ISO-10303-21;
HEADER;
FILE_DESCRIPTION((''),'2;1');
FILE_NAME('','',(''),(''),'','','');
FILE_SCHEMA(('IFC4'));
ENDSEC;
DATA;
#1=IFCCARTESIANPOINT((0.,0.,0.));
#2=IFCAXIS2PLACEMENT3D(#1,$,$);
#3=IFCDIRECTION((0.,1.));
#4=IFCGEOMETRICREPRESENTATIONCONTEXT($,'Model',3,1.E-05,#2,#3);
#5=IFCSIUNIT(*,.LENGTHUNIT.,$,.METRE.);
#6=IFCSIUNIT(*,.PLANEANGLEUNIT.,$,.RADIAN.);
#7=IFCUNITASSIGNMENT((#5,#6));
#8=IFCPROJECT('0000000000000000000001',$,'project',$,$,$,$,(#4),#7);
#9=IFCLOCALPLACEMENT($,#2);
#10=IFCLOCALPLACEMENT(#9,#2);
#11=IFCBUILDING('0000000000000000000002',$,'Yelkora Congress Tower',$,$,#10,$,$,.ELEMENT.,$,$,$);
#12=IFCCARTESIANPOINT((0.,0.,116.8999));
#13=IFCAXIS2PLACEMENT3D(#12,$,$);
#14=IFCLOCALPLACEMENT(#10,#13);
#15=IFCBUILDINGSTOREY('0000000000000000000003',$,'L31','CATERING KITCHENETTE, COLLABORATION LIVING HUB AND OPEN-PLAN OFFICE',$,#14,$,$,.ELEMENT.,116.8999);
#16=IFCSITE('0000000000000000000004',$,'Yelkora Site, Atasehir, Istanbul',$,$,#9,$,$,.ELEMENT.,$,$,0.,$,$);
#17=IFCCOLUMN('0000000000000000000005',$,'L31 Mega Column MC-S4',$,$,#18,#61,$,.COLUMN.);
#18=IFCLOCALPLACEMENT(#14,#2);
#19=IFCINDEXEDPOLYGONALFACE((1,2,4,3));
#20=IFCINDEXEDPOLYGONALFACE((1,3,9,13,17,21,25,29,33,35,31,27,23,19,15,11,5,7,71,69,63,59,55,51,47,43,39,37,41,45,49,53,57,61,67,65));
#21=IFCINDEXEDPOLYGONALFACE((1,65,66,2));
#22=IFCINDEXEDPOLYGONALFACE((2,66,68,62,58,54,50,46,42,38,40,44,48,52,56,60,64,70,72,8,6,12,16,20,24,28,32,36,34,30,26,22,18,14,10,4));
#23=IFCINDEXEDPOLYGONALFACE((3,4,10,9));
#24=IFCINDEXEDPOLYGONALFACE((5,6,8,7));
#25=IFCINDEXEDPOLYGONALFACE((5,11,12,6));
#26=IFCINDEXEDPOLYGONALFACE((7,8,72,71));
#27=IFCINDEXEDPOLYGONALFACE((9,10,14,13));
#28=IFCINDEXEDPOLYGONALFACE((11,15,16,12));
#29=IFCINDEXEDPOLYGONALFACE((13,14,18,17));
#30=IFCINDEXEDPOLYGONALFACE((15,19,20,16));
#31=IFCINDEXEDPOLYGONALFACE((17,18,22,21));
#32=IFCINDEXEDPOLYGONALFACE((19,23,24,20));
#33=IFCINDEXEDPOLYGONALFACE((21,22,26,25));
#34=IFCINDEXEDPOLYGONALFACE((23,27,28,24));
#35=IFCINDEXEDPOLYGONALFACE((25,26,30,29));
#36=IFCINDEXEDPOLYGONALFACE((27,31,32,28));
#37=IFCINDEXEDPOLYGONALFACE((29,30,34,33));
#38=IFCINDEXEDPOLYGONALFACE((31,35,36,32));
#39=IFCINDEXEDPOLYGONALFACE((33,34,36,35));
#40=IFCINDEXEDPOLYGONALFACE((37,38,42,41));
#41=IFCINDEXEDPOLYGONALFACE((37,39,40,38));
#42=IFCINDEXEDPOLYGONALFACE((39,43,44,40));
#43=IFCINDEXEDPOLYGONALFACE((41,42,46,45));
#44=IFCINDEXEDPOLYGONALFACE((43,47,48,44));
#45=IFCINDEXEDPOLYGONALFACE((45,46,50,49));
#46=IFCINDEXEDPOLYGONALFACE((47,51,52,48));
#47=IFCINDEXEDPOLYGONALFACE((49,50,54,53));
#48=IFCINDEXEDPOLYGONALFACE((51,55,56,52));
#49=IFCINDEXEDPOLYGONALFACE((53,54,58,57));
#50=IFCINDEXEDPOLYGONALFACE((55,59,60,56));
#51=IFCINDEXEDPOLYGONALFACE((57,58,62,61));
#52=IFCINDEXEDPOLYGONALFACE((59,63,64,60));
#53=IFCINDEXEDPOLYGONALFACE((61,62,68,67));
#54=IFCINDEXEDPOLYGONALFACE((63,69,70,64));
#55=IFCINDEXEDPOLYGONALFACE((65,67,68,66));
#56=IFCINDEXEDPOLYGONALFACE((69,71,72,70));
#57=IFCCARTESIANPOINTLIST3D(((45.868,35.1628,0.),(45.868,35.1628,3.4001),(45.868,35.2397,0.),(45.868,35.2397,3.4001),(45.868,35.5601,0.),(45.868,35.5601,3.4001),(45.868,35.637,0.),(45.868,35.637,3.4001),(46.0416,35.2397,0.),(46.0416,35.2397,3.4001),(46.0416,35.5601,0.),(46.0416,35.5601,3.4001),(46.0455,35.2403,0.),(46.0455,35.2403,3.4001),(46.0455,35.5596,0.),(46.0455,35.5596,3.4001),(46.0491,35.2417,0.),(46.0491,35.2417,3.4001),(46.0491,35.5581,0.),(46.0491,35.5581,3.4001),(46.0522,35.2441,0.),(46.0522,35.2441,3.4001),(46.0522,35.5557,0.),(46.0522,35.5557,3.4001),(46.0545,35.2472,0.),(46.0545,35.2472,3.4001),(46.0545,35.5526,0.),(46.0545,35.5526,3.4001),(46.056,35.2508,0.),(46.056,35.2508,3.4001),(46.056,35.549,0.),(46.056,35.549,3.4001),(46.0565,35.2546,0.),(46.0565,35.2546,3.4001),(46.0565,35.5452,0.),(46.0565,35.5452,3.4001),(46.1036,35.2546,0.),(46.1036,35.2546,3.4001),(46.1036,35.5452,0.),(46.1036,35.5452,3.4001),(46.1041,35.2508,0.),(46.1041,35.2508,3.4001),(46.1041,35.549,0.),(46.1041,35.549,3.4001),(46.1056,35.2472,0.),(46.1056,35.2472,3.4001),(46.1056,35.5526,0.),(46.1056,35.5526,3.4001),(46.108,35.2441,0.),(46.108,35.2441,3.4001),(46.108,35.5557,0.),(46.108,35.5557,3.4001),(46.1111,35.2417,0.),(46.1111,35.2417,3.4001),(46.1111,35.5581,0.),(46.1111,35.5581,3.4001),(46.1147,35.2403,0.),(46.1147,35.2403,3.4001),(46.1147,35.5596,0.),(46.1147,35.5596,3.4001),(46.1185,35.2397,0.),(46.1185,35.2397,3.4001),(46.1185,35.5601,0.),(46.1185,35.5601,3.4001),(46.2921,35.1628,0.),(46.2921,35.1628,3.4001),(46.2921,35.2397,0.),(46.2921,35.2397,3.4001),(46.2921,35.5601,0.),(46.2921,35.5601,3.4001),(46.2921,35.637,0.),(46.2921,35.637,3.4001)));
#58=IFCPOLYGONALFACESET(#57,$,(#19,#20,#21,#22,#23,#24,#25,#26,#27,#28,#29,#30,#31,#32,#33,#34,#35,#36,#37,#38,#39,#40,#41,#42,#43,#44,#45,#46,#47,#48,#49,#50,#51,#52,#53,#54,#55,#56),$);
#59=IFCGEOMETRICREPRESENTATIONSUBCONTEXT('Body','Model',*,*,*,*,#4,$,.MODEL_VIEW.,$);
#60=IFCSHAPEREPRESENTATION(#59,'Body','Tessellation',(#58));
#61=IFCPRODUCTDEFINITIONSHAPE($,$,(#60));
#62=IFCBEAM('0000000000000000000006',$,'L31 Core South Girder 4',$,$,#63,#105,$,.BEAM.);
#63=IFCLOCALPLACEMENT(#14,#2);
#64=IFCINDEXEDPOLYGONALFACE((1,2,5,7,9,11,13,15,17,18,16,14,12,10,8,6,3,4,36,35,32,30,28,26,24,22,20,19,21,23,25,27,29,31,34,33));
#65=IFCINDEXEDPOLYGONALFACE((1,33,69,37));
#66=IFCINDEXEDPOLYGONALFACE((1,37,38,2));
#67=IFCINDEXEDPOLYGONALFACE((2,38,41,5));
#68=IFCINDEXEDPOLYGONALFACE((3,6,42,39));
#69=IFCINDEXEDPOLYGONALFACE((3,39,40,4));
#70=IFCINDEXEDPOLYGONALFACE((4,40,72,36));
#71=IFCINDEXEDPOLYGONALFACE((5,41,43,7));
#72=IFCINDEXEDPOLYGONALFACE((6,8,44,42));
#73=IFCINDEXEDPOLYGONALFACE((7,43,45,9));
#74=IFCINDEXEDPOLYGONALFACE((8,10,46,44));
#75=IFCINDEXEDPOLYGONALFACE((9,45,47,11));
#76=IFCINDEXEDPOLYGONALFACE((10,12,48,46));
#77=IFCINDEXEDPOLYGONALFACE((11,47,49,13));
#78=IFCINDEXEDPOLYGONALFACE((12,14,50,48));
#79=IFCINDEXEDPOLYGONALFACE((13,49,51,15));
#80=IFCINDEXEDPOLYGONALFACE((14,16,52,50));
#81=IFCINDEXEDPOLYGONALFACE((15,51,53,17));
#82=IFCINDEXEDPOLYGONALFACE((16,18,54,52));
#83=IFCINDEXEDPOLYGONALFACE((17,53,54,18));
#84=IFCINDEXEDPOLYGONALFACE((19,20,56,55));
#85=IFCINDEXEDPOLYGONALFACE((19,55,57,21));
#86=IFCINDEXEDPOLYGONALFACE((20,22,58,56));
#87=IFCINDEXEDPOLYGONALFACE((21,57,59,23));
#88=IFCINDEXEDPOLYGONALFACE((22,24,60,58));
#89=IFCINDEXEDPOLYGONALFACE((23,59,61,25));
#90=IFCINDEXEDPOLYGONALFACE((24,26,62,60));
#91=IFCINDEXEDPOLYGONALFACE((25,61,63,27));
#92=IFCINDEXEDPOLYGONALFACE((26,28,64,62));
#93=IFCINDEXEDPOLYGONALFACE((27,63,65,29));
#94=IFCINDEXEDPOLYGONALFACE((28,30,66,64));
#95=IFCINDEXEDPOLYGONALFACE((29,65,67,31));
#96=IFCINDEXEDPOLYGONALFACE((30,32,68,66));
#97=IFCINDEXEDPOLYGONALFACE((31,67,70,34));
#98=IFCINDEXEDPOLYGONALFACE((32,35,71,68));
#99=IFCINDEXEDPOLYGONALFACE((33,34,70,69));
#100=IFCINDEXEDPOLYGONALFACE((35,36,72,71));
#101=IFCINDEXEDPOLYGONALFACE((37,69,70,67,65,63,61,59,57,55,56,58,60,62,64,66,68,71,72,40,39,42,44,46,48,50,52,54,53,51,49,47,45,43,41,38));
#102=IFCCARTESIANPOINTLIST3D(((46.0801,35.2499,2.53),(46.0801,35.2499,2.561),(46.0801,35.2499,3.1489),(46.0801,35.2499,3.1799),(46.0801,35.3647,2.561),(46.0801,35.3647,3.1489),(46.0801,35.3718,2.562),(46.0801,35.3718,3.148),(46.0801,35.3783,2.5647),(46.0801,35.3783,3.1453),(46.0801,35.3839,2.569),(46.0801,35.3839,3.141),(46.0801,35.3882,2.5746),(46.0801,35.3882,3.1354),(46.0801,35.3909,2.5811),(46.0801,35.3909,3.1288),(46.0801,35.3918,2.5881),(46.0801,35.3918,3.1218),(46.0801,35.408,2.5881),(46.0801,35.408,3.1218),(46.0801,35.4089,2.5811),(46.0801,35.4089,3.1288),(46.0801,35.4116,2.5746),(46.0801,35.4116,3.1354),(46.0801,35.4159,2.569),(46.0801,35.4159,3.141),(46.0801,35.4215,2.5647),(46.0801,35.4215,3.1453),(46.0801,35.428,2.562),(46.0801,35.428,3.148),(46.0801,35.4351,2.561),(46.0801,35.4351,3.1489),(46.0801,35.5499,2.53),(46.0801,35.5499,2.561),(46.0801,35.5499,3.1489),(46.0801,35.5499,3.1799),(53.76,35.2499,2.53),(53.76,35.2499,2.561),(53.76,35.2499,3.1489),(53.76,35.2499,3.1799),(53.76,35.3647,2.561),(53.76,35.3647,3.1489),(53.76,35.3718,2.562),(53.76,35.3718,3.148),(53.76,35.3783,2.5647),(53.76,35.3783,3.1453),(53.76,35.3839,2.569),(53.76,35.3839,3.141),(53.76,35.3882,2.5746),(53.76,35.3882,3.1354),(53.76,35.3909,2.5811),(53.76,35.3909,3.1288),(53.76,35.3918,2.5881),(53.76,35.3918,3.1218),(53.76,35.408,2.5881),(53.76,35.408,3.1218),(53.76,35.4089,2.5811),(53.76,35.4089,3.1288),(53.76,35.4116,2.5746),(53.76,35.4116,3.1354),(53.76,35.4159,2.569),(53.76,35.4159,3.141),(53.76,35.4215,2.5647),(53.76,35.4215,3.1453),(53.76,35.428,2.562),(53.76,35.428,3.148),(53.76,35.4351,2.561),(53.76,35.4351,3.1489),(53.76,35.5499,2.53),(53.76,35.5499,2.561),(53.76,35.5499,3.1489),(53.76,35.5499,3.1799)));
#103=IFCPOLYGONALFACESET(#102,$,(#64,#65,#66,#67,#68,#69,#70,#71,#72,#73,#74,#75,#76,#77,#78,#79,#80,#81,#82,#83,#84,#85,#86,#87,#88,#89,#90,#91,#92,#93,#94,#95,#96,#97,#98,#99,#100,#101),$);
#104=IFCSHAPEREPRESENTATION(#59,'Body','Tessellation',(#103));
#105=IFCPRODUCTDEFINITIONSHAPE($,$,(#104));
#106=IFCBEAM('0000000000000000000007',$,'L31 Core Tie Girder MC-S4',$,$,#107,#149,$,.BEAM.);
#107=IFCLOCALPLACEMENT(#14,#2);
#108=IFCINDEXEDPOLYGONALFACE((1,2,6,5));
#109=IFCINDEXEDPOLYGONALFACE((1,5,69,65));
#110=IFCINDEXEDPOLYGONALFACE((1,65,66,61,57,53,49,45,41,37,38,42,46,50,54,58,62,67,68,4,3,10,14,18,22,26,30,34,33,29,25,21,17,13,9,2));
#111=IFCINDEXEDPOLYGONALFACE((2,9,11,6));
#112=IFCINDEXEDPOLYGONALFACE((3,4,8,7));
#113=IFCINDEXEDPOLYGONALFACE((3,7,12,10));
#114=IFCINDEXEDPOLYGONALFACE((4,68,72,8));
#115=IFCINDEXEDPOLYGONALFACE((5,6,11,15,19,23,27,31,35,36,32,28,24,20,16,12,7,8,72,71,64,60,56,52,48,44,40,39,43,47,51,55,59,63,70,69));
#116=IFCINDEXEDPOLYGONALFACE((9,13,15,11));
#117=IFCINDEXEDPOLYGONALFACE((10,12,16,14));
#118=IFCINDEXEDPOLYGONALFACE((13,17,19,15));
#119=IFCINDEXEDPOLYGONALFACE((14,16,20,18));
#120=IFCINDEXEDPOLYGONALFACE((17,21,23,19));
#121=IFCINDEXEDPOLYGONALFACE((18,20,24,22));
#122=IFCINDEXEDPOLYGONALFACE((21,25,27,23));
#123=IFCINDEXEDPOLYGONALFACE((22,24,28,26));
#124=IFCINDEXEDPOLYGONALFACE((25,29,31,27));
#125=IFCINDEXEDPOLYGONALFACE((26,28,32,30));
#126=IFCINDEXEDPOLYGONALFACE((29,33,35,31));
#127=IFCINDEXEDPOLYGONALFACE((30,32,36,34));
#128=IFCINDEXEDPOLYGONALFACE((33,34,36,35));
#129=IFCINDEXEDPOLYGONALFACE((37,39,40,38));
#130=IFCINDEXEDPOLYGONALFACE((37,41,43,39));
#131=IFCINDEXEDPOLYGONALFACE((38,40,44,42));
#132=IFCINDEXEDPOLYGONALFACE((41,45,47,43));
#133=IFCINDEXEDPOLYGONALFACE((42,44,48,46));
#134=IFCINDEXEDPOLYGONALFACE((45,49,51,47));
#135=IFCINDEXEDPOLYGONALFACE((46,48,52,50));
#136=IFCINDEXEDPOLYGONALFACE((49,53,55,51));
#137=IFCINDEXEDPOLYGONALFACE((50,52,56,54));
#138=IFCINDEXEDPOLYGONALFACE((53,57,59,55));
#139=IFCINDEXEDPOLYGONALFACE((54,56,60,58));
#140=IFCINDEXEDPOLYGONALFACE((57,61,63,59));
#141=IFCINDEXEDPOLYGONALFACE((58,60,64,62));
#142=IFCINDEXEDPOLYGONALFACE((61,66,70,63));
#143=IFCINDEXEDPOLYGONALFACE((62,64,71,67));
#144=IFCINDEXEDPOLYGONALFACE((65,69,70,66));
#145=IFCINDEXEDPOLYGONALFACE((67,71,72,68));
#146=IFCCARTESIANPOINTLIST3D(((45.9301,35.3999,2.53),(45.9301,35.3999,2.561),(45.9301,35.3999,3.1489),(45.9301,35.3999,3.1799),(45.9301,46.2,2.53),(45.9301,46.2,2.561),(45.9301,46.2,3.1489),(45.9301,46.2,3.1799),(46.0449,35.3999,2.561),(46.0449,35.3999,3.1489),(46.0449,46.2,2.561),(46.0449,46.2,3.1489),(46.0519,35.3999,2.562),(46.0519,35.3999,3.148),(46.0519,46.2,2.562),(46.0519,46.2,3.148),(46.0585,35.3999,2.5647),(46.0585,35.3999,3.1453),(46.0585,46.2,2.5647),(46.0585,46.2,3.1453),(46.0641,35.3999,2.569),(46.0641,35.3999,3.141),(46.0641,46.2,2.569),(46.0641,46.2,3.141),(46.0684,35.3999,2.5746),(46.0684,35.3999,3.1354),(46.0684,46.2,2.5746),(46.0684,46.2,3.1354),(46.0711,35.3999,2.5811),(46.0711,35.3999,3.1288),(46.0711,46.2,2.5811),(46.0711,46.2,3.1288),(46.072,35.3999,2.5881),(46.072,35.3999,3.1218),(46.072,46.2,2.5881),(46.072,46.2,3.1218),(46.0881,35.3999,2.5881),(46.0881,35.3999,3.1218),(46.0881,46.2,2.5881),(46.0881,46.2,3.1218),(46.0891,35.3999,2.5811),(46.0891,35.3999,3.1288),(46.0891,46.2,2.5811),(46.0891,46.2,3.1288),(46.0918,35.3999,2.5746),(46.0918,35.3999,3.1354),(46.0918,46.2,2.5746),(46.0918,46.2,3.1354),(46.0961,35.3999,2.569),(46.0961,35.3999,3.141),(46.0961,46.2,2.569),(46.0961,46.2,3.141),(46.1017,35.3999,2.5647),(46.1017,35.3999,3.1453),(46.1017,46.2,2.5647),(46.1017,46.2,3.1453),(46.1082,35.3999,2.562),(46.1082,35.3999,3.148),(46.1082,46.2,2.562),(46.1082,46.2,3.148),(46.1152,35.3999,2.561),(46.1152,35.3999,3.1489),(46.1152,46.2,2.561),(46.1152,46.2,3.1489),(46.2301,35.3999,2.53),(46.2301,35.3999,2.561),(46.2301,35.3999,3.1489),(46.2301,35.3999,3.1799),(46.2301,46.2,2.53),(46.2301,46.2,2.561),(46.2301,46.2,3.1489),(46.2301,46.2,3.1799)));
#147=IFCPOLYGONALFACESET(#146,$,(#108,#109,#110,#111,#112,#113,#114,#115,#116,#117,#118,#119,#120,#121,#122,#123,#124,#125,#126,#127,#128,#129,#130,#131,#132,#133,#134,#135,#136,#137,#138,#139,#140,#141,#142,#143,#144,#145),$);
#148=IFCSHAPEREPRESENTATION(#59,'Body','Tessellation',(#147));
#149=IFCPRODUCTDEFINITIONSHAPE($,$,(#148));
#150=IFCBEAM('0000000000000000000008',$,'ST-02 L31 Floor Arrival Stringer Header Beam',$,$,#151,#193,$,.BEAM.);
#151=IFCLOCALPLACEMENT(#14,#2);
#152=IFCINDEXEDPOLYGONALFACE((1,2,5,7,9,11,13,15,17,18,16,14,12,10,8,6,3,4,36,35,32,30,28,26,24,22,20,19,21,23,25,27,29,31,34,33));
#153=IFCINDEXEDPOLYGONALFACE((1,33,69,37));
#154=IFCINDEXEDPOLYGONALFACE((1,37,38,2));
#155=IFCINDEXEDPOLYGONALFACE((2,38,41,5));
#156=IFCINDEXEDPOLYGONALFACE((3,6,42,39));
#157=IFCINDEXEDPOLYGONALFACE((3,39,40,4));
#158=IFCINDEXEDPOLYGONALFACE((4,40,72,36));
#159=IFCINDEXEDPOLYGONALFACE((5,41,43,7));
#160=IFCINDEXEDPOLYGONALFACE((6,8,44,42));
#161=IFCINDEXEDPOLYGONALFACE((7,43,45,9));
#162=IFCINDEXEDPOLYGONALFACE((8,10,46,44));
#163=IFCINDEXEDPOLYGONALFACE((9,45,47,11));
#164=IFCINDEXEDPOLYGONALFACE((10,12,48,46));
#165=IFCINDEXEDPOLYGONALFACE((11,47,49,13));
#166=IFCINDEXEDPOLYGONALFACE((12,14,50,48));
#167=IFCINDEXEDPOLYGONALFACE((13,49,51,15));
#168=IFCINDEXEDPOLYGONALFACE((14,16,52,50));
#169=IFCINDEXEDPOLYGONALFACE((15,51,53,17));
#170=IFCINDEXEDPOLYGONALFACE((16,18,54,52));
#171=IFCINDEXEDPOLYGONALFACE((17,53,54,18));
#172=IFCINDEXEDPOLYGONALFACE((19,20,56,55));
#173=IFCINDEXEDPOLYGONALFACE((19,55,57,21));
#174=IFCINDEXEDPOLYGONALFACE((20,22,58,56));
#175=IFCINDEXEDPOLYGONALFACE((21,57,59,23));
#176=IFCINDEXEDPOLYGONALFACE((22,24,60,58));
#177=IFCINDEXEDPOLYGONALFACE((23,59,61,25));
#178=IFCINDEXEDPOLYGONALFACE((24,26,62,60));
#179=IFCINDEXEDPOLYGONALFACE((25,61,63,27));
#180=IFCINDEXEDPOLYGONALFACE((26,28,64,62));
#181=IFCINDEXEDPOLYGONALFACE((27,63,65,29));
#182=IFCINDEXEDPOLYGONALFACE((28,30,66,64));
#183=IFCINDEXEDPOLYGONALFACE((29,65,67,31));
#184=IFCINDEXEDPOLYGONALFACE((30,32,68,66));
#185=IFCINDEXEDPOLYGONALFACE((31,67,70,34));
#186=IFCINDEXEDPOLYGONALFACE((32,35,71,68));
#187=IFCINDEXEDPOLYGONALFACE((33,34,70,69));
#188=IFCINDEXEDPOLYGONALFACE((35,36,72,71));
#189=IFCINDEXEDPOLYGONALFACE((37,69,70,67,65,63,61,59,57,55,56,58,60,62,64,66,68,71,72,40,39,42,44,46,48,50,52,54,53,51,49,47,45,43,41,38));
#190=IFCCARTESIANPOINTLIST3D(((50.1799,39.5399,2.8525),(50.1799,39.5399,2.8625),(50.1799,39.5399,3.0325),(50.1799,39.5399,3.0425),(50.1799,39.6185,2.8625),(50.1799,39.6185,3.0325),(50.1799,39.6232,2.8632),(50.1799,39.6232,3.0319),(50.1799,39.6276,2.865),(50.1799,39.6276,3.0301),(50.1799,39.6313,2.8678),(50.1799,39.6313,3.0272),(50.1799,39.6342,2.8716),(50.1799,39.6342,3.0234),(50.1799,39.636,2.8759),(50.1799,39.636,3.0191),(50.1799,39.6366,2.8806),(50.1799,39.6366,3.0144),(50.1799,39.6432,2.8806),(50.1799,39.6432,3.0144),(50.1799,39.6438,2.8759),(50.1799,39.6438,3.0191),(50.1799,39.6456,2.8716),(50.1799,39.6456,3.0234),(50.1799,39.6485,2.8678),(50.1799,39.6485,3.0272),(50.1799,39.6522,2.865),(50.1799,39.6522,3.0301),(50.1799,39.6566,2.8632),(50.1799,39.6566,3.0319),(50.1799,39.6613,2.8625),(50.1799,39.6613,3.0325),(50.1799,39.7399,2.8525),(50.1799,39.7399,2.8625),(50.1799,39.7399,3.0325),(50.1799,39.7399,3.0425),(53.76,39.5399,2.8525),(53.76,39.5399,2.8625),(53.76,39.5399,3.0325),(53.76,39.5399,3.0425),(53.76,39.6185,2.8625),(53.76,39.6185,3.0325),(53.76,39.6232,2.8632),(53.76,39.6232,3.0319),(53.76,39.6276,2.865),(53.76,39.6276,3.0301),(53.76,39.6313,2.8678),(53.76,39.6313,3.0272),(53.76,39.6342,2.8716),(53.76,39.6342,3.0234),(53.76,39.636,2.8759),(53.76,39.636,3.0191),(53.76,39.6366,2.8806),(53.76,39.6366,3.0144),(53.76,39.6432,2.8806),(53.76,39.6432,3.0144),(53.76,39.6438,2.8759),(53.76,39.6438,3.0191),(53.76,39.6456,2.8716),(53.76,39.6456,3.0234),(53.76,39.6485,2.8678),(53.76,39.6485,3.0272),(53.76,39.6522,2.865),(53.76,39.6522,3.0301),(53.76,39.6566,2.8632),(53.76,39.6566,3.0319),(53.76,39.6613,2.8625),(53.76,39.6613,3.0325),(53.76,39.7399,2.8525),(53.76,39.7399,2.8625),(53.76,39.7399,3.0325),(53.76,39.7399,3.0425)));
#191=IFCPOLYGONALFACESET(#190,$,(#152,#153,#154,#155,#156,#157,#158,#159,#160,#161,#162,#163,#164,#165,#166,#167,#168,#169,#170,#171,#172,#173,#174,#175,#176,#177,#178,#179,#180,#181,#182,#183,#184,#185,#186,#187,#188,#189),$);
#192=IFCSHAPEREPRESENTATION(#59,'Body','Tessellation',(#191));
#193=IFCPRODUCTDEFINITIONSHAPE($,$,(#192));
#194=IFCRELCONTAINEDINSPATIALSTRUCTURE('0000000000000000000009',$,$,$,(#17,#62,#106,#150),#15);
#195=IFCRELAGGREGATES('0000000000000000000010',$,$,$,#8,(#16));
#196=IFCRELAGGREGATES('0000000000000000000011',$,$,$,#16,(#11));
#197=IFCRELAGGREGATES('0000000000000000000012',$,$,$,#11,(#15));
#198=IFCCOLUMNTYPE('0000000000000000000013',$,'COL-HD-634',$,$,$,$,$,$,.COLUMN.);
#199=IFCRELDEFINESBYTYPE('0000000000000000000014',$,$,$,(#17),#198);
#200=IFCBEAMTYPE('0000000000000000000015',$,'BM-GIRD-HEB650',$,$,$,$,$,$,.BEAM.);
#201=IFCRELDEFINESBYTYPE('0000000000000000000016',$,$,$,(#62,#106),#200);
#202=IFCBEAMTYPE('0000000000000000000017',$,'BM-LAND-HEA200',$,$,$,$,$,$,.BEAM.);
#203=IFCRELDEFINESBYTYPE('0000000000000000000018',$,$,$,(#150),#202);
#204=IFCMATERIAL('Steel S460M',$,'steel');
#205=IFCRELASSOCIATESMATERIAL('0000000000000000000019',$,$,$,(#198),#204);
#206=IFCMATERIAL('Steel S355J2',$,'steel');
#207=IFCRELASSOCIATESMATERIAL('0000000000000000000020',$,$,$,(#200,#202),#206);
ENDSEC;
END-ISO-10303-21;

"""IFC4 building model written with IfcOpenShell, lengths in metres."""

from ifc_helpers import new_model, si_unit, direction, frame, origin, origin_2d, place, context, subcontext, project, spatial, i_section, extrude, material, material_profile, profile_set, type_object, element, save


model = new_model("IFC4")

# Units and contexts
model_context = context("Model", 3, precision=1e-05, world=origin(), true_north=direction((0.0, 1.0)))
body_context = subcontext(model_context, "Body", "Model", "MODEL_VIEW")
ifc_project = project(units=[si_unit("LENGTHUNIT", "METRE"), si_unit("PLANEANGLEUNIT", "RADIAN")], contexts=[model_context])

# Site, building, storey
site_placement = place(None, origin())
site = spatial("IfcSite", under=ifc_project, at=site_placement, Name="Yelkora Site, Atasehir, Istanbul", CompositionType="ELEMENT", RefElevation=0.0)
building_placement = place(site_placement, origin())
building = spatial("IfcBuilding", under=site, at=building_placement, Name="Yelkora Congress Tower", CompositionType="ELEMENT")
storey_placement = place(building_placement, frame((0.0, 0.0, 116.8999)))
storey = spatial("IfcBuildingStorey", under=building, at=storey_placement, Name="L31", Description="CATERING KITCHENETTE, COLLABORATION LIVING HUB AND OPEN-PLAN OFFICE", CompositionType="ELEMENT", Elevation=116.8999)

# Column
ifc_material_1 = material(Name="Steel S460M", Category="steel")
ifc_material_profile_1 = material_profile(ifc_material_1, i_section(OverallWidth=0.4241, OverallDepth=0.4741, WebThickness=0.0471, FlangeThickness=0.0769, FilletRadius=0.0149, at=origin_2d()), Name="HD 400x634")
ifc_profile_set_1 = profile_set([ifc_material_profile_1], Name="Steel S460M")
column_type = type_object("IfcColumnType", Name="COL-HD-634", PredefinedType="COLUMN", material=ifc_profile_set_1)
column_placement = place(storey_placement, frame((46.0801, 35.3999, 0.0), z_axis=(0.0, 0.0, 1.0), x_axis=(1.0, 0.0, 0.0)))
element("IfcColumn", 1, at=column_placement, inside=storey, type_object=column_type, Name="L31 Mega Column MC-S4", PredefinedType="COLUMN", context=body_context, shape_type="SweptSolid", body=[
    extrude(i_section(OverallWidth=0.4241, OverallDepth=0.4741, WebThickness=0.0471, FlangeThickness=0.0769, FilletRadius=0.0149, at=origin_2d()), origin(), (0.0, 0.0, 1.0), 3.4001),
])

# Beams
ifc_material_2 = material(Name="Steel S355J2", Category="steel")
ifc_material_profile_2 = material_profile(ifc_material_2, i_section(OverallWidth=0.3, OverallDepth=0.6499, WebThickness=0.0161, FlangeThickness=0.031, FilletRadius=0.0271, at=origin_2d()), Name="HEB 650")
ifc_profile_set_2 = profile_set([ifc_material_profile_2], Name="Steel S355J2")
beam_type_1 = type_object("IfcBeamType", Name="BM-GIRD-HEB650", PredefinedType="BEAM", material=ifc_profile_set_2)
beam_1_placement = place(storey_placement, frame((46.0801, 35.3999, 2.855), z_axis=(1.0, 0.0, 0.0), x_axis=(0.0, 1.0, 0.0)))
element("IfcBeam", 2, at=beam_1_placement, inside=storey, type_object=beam_type_1, Name="L31 Core South Girder 4", PredefinedType="BEAM", context=body_context, shape_type="SweptSolid", body=[
    extrude(i_section(OverallWidth=0.3, OverallDepth=0.6499, WebThickness=0.0161, FlangeThickness=0.031, FilletRadius=0.0271, at=origin_2d()), origin(), (0.0, 0.0, 1.0), 7.6799),
])
beam_2_placement = place(storey_placement, frame((46.0801, 35.3999, 2.855), z_axis=(0.0, 1.0, 0.0), x_axis=(-1.0, 0.0, 0.0)))
element("IfcBeam", 3, at=beam_2_placement, inside=storey, type_object=beam_type_1, Name="L31 Core Tie Girder MC-S4", PredefinedType="BEAM", context=body_context, shape_type="SweptSolid", body=[
    extrude(i_section(OverallWidth=0.3, OverallDepth=0.6499, WebThickness=0.0161, FlangeThickness=0.031, FilletRadius=0.0271, at=origin_2d()), origin(), (0.0, 0.0, 1.0), 10.8),
])
ifc_material_profile_3 = material_profile(ifc_material_2, i_section(OverallWidth=0.2, OverallDepth=0.1899, WebThickness=0.0066, FlangeThickness=0.01, FilletRadius=0.0181, at=origin_2d()), Name="HEA 200")
ifc_profile_set_3 = profile_set([ifc_material_profile_3], Name="Steel S355J2")
beam_type_2 = type_object("IfcBeamType", Name="BM-LAND-HEA200", PredefinedType="BEAM", material=ifc_profile_set_3)
beam_3_placement = place(storey_placement, frame((50.1799, 39.6399, 2.9475), z_axis=(1.0, 0.0, 0.0), x_axis=(0.0, 1.0, 0.0)))
element("IfcBeam", 4, at=beam_3_placement, inside=storey, type_object=beam_type_2, Name="ST-02 L31 Floor Arrival Stringer Header Beam", PredefinedType="BEAM", context=body_context, shape_type="SweptSolid", body=[
    extrude(i_section(OverallWidth=0.2, OverallDepth=0.1899, WebThickness=0.0066, FlangeThickness=0.01, FilletRadius=0.0181, at=origin_2d()), origin(), (0.0, 0.0, 1.0), 3.5801),
])

save(model, "model.ifc")
